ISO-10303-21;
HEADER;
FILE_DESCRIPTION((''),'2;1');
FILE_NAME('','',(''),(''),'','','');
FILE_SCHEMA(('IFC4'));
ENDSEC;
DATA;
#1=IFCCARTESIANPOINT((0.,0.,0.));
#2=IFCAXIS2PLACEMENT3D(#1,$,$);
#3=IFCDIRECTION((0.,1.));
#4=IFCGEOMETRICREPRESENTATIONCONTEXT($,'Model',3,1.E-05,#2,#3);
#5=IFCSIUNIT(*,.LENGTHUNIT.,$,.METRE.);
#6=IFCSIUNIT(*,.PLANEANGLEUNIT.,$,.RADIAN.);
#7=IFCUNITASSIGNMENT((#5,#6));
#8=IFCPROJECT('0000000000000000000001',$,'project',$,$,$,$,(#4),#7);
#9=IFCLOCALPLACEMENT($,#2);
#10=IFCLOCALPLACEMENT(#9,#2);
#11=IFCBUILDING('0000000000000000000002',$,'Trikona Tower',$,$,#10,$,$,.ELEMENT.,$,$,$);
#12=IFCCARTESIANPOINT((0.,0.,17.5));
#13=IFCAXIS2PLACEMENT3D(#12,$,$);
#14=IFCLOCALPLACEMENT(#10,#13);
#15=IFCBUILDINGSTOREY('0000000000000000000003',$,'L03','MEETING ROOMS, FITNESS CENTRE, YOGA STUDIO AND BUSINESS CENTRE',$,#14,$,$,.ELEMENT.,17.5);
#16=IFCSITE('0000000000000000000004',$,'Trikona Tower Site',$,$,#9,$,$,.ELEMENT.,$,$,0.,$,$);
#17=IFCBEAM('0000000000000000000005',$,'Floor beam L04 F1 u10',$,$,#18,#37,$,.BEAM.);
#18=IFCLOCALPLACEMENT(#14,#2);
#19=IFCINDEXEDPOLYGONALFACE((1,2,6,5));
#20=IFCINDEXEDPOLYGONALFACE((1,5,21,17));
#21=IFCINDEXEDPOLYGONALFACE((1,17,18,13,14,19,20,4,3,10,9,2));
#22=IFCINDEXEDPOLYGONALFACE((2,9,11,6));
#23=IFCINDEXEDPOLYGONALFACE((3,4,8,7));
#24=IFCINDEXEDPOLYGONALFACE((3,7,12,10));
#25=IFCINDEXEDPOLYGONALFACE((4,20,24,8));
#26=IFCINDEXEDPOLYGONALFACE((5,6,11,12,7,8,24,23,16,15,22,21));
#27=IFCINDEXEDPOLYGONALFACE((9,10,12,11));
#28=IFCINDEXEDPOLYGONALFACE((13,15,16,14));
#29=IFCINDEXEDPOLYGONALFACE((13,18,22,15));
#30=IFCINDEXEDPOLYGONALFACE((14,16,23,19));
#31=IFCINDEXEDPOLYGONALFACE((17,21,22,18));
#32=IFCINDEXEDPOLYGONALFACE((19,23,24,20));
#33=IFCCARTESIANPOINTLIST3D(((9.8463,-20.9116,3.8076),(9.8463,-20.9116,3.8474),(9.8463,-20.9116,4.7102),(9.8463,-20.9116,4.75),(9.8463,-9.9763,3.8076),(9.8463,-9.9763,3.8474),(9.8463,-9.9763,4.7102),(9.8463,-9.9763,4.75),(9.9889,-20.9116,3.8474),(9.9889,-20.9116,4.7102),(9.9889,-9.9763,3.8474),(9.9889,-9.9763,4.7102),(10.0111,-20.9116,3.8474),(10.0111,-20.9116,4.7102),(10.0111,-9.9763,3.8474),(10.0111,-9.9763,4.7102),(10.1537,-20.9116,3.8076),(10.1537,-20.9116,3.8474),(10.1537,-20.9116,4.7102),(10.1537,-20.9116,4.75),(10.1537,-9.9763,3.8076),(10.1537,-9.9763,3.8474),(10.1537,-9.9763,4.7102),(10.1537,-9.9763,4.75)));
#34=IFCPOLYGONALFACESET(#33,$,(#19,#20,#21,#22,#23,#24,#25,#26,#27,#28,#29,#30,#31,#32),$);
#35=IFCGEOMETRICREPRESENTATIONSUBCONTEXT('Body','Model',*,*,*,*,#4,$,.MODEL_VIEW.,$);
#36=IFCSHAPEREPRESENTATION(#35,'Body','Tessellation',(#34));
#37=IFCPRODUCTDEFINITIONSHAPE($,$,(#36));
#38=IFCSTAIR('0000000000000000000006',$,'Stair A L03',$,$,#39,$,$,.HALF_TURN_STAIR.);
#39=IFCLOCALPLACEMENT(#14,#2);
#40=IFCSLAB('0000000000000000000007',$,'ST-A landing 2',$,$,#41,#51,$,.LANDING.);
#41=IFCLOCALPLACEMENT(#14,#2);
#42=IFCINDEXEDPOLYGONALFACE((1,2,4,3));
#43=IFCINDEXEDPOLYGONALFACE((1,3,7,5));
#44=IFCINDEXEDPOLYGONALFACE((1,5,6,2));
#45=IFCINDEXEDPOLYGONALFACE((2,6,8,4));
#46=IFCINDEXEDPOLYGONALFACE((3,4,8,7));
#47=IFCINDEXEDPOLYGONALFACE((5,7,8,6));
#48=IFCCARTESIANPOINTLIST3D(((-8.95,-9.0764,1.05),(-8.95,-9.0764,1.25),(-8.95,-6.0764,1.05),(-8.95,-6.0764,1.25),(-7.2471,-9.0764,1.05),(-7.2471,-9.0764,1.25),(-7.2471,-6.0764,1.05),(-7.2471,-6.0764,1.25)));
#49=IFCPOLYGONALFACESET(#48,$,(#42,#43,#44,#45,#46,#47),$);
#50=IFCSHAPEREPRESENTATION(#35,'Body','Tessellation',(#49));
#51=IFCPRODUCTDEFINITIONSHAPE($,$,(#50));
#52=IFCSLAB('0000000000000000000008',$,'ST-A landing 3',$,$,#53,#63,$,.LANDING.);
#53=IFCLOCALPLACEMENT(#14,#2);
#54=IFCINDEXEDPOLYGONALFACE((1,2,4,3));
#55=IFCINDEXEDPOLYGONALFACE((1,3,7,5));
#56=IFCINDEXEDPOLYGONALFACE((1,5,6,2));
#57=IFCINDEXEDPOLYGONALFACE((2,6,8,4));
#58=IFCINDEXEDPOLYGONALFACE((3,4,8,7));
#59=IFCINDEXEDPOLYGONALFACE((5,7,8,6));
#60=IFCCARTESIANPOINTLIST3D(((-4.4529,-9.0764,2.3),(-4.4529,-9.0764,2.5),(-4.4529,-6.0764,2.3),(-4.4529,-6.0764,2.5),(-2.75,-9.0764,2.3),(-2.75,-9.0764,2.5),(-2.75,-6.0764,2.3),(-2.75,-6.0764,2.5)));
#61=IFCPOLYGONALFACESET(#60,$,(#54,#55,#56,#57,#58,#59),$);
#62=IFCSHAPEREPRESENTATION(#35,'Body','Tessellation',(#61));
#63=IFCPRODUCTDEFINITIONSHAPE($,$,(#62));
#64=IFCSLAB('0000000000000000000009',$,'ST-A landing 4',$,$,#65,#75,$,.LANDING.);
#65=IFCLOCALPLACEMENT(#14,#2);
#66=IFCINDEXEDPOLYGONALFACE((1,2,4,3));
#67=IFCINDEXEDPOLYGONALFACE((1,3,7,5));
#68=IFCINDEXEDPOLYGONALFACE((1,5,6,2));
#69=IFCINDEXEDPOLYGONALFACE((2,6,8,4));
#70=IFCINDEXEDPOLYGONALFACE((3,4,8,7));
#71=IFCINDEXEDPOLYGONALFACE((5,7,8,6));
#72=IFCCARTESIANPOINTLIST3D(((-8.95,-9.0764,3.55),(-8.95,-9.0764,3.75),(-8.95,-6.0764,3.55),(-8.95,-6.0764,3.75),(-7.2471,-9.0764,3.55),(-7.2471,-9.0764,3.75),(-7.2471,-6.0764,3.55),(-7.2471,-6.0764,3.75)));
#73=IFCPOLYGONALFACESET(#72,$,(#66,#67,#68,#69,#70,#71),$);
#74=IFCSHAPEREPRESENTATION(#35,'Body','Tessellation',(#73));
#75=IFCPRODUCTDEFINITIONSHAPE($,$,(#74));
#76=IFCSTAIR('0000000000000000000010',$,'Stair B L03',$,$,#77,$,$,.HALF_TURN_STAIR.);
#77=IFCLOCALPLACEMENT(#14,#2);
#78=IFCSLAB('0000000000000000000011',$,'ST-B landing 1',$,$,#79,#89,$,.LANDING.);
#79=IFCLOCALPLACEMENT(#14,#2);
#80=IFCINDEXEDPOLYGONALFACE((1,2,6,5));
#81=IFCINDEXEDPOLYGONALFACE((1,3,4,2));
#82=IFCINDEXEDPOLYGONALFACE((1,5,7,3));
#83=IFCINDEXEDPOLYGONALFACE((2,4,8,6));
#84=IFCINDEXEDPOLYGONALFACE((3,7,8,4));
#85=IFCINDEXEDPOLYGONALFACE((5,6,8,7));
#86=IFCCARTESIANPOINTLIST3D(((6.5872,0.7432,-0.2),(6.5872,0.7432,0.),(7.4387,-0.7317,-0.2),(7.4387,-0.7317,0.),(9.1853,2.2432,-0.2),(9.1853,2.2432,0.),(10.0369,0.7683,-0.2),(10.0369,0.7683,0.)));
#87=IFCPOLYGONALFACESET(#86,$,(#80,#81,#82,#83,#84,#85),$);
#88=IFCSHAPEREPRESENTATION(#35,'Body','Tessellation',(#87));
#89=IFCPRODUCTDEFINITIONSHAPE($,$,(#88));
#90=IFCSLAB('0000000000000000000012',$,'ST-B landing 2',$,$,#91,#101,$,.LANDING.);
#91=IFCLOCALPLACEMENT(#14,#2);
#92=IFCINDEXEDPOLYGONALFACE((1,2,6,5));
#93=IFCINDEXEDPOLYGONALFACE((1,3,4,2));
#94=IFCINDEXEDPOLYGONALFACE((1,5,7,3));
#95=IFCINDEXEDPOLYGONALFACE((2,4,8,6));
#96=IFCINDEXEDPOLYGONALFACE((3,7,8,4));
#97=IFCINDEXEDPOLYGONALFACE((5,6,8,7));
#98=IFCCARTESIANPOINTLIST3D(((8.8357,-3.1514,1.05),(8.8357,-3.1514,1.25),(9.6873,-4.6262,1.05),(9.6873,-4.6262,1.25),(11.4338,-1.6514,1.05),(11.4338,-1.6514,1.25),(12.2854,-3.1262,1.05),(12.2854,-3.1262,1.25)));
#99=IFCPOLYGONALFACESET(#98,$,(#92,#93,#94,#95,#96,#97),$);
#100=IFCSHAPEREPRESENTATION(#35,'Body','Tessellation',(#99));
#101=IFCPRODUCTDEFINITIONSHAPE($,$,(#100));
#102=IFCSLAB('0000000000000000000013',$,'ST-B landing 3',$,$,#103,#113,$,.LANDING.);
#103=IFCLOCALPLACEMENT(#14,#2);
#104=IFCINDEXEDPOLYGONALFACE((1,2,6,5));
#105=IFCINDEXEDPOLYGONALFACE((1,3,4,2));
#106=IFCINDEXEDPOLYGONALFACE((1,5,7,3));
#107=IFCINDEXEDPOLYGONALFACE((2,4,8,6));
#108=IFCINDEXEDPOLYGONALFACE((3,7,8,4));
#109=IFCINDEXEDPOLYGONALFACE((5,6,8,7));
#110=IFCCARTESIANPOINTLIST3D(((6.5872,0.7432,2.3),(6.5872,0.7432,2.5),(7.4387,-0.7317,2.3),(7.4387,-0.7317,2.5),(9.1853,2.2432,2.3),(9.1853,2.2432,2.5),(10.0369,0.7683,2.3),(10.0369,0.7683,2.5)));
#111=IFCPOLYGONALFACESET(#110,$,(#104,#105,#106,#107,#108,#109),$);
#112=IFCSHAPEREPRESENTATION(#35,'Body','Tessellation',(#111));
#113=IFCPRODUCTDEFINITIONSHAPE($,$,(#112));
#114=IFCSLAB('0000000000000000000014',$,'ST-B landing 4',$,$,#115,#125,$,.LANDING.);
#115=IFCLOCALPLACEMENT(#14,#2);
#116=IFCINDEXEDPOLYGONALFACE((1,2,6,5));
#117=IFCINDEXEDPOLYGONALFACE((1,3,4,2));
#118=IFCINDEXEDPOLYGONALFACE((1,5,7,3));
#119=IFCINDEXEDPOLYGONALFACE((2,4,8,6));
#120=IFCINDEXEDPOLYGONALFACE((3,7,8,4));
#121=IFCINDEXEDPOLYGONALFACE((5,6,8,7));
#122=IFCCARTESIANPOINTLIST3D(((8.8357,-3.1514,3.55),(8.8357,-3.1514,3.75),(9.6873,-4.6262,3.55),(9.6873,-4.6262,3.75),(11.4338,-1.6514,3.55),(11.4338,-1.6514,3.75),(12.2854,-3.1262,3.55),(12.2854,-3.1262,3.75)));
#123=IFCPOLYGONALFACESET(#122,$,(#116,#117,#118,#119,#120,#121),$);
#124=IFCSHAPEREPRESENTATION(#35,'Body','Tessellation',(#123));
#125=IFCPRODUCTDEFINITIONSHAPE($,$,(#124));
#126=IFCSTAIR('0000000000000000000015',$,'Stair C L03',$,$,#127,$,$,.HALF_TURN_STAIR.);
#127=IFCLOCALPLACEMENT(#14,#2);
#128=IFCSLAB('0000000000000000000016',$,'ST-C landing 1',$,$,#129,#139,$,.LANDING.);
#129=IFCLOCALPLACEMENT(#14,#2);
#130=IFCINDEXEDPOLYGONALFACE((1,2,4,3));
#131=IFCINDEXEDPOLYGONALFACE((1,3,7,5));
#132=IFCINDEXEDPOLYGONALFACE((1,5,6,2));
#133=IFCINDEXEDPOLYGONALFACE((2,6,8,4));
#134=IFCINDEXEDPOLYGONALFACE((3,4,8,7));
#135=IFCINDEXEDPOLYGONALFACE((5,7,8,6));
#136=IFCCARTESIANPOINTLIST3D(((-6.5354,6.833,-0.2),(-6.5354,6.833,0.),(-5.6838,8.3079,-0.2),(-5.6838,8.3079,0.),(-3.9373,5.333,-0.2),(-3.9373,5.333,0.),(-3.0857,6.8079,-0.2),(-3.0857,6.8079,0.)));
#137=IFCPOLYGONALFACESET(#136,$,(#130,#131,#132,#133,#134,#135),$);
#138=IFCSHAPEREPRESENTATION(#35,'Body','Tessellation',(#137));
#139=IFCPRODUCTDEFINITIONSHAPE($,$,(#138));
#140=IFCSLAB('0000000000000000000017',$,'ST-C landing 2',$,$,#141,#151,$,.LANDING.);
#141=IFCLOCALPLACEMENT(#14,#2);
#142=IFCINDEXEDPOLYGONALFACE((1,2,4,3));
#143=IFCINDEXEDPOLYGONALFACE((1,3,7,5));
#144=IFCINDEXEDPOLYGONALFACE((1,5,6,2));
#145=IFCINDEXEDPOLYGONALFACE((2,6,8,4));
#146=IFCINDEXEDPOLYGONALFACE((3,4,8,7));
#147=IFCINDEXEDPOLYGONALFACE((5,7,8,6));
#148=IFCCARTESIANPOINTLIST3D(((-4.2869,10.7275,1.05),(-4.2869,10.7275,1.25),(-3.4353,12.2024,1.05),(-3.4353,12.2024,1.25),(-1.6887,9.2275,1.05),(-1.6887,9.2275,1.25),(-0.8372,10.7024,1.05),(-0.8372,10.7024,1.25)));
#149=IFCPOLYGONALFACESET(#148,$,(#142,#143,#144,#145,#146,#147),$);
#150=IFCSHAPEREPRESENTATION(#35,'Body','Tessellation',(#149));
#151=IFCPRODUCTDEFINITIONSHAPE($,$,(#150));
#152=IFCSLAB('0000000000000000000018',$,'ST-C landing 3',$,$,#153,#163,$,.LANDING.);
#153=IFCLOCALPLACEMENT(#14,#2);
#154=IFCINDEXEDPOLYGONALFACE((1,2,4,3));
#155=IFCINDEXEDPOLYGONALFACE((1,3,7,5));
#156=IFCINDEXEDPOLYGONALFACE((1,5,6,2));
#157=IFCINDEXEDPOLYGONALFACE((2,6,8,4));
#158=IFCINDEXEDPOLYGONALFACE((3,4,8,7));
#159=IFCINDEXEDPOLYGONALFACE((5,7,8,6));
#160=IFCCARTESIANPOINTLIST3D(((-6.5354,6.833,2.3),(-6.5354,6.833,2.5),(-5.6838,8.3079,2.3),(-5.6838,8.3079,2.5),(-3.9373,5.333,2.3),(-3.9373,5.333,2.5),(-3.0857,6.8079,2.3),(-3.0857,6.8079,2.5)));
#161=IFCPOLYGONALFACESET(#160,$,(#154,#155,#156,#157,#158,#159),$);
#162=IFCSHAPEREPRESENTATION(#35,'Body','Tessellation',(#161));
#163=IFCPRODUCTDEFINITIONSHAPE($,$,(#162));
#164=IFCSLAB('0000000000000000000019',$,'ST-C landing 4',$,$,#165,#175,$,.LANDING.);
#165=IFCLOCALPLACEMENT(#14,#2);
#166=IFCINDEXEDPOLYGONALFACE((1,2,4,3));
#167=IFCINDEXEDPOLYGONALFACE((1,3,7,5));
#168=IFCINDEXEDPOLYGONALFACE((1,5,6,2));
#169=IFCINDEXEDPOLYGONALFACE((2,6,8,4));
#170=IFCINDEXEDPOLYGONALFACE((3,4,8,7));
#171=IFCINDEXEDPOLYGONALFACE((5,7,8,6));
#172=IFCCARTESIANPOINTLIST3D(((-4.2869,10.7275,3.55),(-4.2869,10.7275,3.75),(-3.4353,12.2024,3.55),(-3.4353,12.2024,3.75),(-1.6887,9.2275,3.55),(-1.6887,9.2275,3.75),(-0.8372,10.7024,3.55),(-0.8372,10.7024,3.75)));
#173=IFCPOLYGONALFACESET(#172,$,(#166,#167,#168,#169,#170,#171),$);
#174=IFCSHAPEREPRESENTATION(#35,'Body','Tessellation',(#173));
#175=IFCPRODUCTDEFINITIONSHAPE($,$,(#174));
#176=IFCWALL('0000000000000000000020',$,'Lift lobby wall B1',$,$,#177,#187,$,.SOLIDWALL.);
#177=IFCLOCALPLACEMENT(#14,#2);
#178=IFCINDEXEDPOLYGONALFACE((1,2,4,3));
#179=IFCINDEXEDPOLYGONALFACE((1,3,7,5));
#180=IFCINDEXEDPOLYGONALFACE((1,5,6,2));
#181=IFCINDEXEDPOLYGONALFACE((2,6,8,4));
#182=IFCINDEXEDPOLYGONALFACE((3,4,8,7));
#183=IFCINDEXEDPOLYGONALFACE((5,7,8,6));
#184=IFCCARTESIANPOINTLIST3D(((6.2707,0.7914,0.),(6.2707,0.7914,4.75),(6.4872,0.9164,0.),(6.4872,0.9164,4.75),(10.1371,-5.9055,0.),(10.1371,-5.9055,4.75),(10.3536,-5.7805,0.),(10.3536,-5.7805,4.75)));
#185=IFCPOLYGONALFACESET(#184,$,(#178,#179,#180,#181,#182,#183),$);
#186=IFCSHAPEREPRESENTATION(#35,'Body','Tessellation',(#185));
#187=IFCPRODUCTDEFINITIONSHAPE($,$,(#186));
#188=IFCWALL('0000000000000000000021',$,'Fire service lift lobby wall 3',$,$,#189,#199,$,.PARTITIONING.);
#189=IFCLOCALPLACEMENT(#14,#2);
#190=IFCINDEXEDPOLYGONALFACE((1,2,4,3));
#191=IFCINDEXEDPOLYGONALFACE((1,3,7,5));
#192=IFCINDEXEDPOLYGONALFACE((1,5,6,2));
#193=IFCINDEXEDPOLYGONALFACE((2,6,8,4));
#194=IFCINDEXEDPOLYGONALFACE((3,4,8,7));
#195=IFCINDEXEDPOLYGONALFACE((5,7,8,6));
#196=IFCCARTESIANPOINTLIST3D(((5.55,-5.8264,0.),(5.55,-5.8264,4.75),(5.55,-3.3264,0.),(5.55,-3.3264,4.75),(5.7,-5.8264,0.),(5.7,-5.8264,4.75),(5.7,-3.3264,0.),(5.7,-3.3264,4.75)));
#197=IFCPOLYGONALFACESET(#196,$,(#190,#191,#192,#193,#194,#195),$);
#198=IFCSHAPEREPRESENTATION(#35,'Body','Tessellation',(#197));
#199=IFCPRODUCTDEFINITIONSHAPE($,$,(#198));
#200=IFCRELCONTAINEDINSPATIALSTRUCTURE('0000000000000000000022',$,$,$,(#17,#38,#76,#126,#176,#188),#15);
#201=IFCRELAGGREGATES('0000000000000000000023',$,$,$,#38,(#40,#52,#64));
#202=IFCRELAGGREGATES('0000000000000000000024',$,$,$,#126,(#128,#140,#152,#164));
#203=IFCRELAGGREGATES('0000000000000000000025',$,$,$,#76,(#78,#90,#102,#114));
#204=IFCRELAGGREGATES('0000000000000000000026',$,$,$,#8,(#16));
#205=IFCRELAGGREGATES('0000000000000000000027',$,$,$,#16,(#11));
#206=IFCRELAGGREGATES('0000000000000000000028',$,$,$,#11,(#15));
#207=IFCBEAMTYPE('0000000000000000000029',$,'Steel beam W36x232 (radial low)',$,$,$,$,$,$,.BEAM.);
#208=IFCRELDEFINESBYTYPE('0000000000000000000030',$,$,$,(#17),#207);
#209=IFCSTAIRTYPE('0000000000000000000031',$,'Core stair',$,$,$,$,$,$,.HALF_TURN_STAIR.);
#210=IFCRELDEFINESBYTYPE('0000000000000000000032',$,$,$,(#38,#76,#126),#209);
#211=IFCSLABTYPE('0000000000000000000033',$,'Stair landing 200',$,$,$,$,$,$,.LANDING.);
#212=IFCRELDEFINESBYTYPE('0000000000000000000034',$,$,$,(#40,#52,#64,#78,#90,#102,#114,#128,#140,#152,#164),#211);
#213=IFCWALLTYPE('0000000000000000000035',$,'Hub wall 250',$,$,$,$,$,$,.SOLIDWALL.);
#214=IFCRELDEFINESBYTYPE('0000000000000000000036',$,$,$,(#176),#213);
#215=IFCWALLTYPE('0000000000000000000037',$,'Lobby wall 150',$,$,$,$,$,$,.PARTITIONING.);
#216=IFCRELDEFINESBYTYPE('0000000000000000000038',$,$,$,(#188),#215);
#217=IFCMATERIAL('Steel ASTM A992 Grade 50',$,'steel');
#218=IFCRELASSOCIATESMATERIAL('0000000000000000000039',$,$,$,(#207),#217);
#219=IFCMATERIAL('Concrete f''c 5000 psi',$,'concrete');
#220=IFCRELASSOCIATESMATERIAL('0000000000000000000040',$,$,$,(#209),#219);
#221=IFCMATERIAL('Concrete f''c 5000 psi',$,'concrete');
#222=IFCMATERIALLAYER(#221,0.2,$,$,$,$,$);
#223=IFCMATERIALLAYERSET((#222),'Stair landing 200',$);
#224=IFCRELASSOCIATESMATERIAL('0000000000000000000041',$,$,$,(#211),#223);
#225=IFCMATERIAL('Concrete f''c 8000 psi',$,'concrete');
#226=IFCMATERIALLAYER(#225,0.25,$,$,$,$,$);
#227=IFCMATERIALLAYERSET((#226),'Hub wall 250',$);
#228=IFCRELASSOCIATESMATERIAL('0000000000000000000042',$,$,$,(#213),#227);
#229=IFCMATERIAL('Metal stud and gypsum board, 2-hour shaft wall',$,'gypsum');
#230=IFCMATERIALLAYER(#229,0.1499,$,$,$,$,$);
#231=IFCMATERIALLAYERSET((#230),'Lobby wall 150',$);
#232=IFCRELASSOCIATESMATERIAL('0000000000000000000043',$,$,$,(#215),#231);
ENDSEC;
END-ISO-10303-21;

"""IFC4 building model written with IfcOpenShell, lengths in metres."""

from ifc_helpers import new_model, si_unit, direction, frame, frame_2d, origin, origin_2d, place, context, subcontext, project, spatial, polyline, rectangle, i_section, outline, extrude, material, layer, layer_set, material_profile, profile_set, type_object, element, aggregate, save


model = new_model("IFC4")

# Units and contexts
model_context = context("Model", 3, precision=1e-05, world=origin(), true_north=direction((0.0, 1.0)))
body_context = subcontext(model_context, "Body", "Model", "MODEL_VIEW")
ifc_project = project(units=[si_unit("LENGTHUNIT", "METRE"), si_unit("PLANEANGLEUNIT", "RADIAN")], contexts=[model_context])

# Site, building, storey
site_placement = place(None, origin())
site = spatial("IfcSite", under=ifc_project, at=site_placement, Name="Trikona Tower Site", CompositionType="ELEMENT", RefElevation=0.0)
building_placement = place(site_placement, origin())
building = spatial("IfcBuilding", under=site, at=building_placement, Name="Trikona Tower", CompositionType="ELEMENT")
storey_placement = place(building_placement, frame((0.0, 0.0, 17.5)))
storey = spatial("IfcBuildingStorey", under=building, at=storey_placement, Name="L03", Description="MEETING ROOMS, FITNESS CENTRE, YOGA STUDIO AND BUSINESS CENTRE", CompositionType="ELEMENT", Elevation=17.5)

# Beam
ifc_material_1 = material(Name="Steel ASTM A992 Grade 50", Category="steel")
ifc_material_profile = material_profile(ifc_material_1, i_section(OverallWidth=0.3074, OverallDepth=0.9424, WebThickness=0.0222, FlangeThickness=0.0398, at=origin_2d()), Name="W36X232")
ifc_profile_set = profile_set([ifc_material_profile], Name="Steel ASTM A992 Grade 50")
beam_type = type_object("IfcBeamType", Name="Steel beam W36x232 (radial low)", PredefinedType="BEAM", material=ifc_profile_set)
beam_placement = place(storey_placement, frame((10.0, -9.9763, 4.2788), z_axis=(0.0, -1.0, 0.0), x_axis=(1.0, 0.0, 0.0)))
element("IfcBeam", 1, at=beam_placement, inside=storey, type_object=beam_type, Name="Floor beam L04 F1 u10", PredefinedType="BEAM", context=body_context, shape_type="SweptSolid", body=[
    extrude(i_section(OverallWidth=0.3074, OverallDepth=0.9424, WebThickness=0.0222, FlangeThickness=0.0398, at=origin_2d()), origin(), (0.0, 0.0, 1.0), 10.9353),
])

# Stairs, slabs
ifc_material_2 = material(Name="Concrete f'c 5000 psi", Category="concrete")
stair_type = type_object("IfcStairType", Name="Core stair", PredefinedType="HALF_TURN_STAIR", material=ifc_material_2)
stair_1_placement = place(storey_placement, origin())
stair_1 = element("IfcStair", 2, at=stair_1_placement, inside=storey, type_object=stair_type, Name="Stair A L03", PredefinedType="HALF_TURN_STAIR")
ifc_material_3 = material(Name="Concrete f'c 5000 psi", Category="concrete")
ifc_layer_1 = layer(ifc_material_3, 0.2)
ifc_layer_set_1 = layer_set([ifc_layer_1], Name="Stair landing 200")
slab_type = type_object("IfcSlabType", Name="Stair landing 200", PredefinedType="LANDING", material=ifc_layer_set_1)
slab_1_placement = place(storey_placement, frame((0.0, 0.0, 1.05)))
slab_1 = element("IfcSlab", 3, at=slab_1_placement, type_object=slab_type, Name="ST-A landing 2", PredefinedType="LANDING", context=body_context, shape_type="SweptSolid", body=[
    extrude(outline(polyline([(-8.95, -6.0764), (-7.2471, -6.0764), (-7.2471, -9.0764), (-8.95, -9.0764), (-8.95, -6.0764)])), origin(), (0.0, 0.0, 1.0), 0.2),
])
slab_2_placement = place(storey_placement, frame((0.0, 0.0, 2.3)))
slab_2 = element("IfcSlab", 4, at=slab_2_placement, type_object=slab_type, Name="ST-A landing 3", PredefinedType="LANDING", context=body_context, shape_type="SweptSolid", body=[
    extrude(outline(polyline([(-4.4529, -6.0764), (-2.75, -6.0764), (-2.75, -9.0764), (-4.4529, -9.0764), (-4.4529, -6.0764)])), origin(), (0.0, 0.0, 1.0), 0.2),
])
slab_3_placement = place(storey_placement, frame((0.0, 0.0, 3.55)))
slab_3 = element("IfcSlab", 5, at=slab_3_placement, type_object=slab_type, Name="ST-A landing 4", PredefinedType="LANDING", context=body_context, shape_type="SweptSolid", body=[
    extrude(outline(polyline([(-8.95, -6.0764), (-7.2471, -6.0764), (-7.2471, -9.0764), (-8.95, -9.0764), (-8.95, -6.0764)])), origin(), (0.0, 0.0, 1.0), 0.2),
])
aggregate(stair_1, [slab_1, slab_2, slab_3])
stair_2_placement = place(storey_placement, origin())
stair_2 = element("IfcStair", 6, at=stair_2_placement, inside=storey, type_object=stair_type, Name="Stair B L03", PredefinedType="HALF_TURN_STAIR")
slab_4_placement = place(storey_placement, frame((0.0, 0.0, -0.2)))
slab_4 = element("IfcSlab", 7, at=slab_4_placement, type_object=slab_type, Name="ST-B landing 1", PredefinedType="LANDING", context=body_context, shape_type="SweptSolid", body=[
    extrude(outline(polyline([(7.4387, -0.7317), (6.5872, 0.7432), (9.1853, 2.2432), (10.0369, 0.7683), (7.4387, -0.7317)])), origin(), (0.0, 0.0, 1.0), 0.2),
])
slab_5_placement = place(storey_placement, frame((0.0, 0.0, 1.05)))
slab_5 = element("IfcSlab", 8, at=slab_5_placement, type_object=slab_type, Name="ST-B landing 2", PredefinedType="LANDING", context=body_context, shape_type="SweptSolid", body=[
    extrude(outline(polyline([(9.6873, -4.6262), (8.8357, -3.1514), (11.4338, -1.6514), (12.2854, -3.1262), (9.6873, -4.6262)])), origin(), (0.0, 0.0, 1.0), 0.2),
])
slab_6_placement = place(storey_placement, frame((0.0, 0.0, 2.3)))
slab_6 = element("IfcSlab", 9, at=slab_6_placement, type_object=slab_type, Name="ST-B landing 3", PredefinedType="LANDING", context=body_context, shape_type="SweptSolid", body=[
    extrude(outline(polyline([(7.4387, -0.7317), (6.5872, 0.7432), (9.1853, 2.2432), (10.0369, 0.7683), (7.4387, -0.7317)])), origin(), (0.0, 0.0, 1.0), 0.2),
])
slab_7_placement = place(storey_placement, frame((0.0, 0.0, 3.55)))
slab_7 = element("IfcSlab", 10, at=slab_7_placement, type_object=slab_type, Name="ST-B landing 4", PredefinedType="LANDING", context=body_context, shape_type="SweptSolid", body=[
    extrude(outline(polyline([(9.6873, -4.6262), (8.8357, -3.1514), (11.4338, -1.6514), (12.2854, -3.1262), (9.6873, -4.6262)])), origin(), (0.0, 0.0, 1.0), 0.2),
])
stair_3_placement = place(storey_placement, origin())
stair_3 = element("IfcStair", 11, at=stair_3_placement, inside=storey, type_object=stair_type, Name="Stair C L03", PredefinedType="HALF_TURN_STAIR")
slab_8_placement = place(storey_placement, frame((0.0, 0.0, -0.2)))
slab_8 = element("IfcSlab", 12, at=slab_8_placement, type_object=slab_type, Name="ST-C landing 1", PredefinedType="LANDING", context=body_context, shape_type="SweptSolid", body=[
    extrude(outline(polyline([(-3.0857, 6.8079), (-3.9373, 5.333), (-6.5354, 6.833), (-5.6838, 8.3079), (-3.0857, 6.8079)])), origin(), (0.0, 0.0, 1.0), 0.2),
])
slab_9_placement = place(storey_placement, frame((0.0, 0.0, 1.05)))
slab_9 = element("IfcSlab", 13, at=slab_9_placement, type_object=slab_type, Name="ST-C landing 2", PredefinedType="LANDING", context=body_context, shape_type="SweptSolid", body=[
    extrude(outline(polyline([(-0.8372, 10.7024), (-1.6887, 9.2275), (-4.2869, 10.7275), (-3.4353, 12.2024), (-0.8372, 10.7024)])), origin(), (0.0, 0.0, 1.0), 0.2),
])
slab_10_placement = place(storey_placement, frame((0.0, 0.0, 2.3)))
slab_10 = element("IfcSlab", 14, at=slab_10_placement, type_object=slab_type, Name="ST-C landing 3", PredefinedType="LANDING", context=body_context, shape_type="SweptSolid", body=[
    extrude(outline(polyline([(-3.0857, 6.8079), (-3.9373, 5.333), (-6.5354, 6.833), (-5.6838, 8.3079), (-3.0857, 6.8079)])), origin(), (0.0, 0.0, 1.0), 0.2),
])
slab_11_placement = place(storey_placement, frame((0.0, 0.0, 3.55)))
slab_11 = element("IfcSlab", 15, at=slab_11_placement, type_object=slab_type, Name="ST-C landing 4", PredefinedType="LANDING", context=body_context, shape_type="SweptSolid", body=[
    extrude(outline(polyline([(-0.8372, 10.7024), (-1.6887, 9.2275), (-4.2869, 10.7275), (-3.4353, 12.2024), (-0.8372, 10.7024)])), origin(), (0.0, 0.0, 1.0), 0.2),
])
aggregate(stair_3, [slab_8, slab_9, slab_10, slab_11])

# Walls
ifc_material_4 = material(Name="Concrete f'c 8000 psi", Category="concrete")
ifc_layer_2 = layer(ifc_material_4, 0.25)
ifc_layer_set_2 = layer_set([ifc_layer_2], Name="Hub wall 250")
wall_type_1 = type_object("IfcWallType", Name="Hub wall 250", PredefinedType="SOLIDWALL", material=ifc_layer_set_2)
wall_1_placement = place(storey_placement, frame((10.2454, -5.843, 0.0), z_axis=(0.0, 0.0, 1.0), x_axis=(-0.499993, 0.866029, 0.0)))
element("IfcWall", 16, at=wall_1_placement, inside=storey, type_object=wall_type_1, Name="Lift lobby wall B1", PredefinedType="SOLIDWALL", context=body_context, shape_type="SweptSolid", body=[
    extrude(rectangle(XDim=7.7329, YDim=0.25, at=frame_2d((3.8665, 0.0))), origin(), (0.0, 0.0, 1.0), 4.75),
])
ifc_material_5 = material(Name="Metal stud and gypsum board, 2-hour shaft wall", Category="gypsum")
ifc_layer_3 = layer(ifc_material_5, 0.1499)
ifc_layer_set_3 = layer_set([ifc_layer_3], Name="Lobby wall 150")
wall_type_2 = type_object("IfcWallType", Name="Lobby wall 150", PredefinedType="PARTITIONING", material=ifc_layer_set_3)
wall_2_placement = place(storey_placement, frame((5.625, -5.8264, 0.0), z_axis=(0.0, 0.0, 1.0), x_axis=(0.0, 1.0, 0.0)))
element("IfcWall", 17, at=wall_2_placement, inside=storey, type_object=wall_type_2, Name="Fire service lift lobby wall 3", PredefinedType="PARTITIONING", context=body_context, shape_type="SweptSolid", body=[
    extrude(rectangle(XDim=2.5, YDim=0.1499, at=frame_2d((1.25, 0.0))), origin(), (0.0, 0.0, 1.0), 4.75),
])

aggregate(stair_2, [slab_4, slab_5, slab_6, slab_7])

save(model, "model.ifc")
